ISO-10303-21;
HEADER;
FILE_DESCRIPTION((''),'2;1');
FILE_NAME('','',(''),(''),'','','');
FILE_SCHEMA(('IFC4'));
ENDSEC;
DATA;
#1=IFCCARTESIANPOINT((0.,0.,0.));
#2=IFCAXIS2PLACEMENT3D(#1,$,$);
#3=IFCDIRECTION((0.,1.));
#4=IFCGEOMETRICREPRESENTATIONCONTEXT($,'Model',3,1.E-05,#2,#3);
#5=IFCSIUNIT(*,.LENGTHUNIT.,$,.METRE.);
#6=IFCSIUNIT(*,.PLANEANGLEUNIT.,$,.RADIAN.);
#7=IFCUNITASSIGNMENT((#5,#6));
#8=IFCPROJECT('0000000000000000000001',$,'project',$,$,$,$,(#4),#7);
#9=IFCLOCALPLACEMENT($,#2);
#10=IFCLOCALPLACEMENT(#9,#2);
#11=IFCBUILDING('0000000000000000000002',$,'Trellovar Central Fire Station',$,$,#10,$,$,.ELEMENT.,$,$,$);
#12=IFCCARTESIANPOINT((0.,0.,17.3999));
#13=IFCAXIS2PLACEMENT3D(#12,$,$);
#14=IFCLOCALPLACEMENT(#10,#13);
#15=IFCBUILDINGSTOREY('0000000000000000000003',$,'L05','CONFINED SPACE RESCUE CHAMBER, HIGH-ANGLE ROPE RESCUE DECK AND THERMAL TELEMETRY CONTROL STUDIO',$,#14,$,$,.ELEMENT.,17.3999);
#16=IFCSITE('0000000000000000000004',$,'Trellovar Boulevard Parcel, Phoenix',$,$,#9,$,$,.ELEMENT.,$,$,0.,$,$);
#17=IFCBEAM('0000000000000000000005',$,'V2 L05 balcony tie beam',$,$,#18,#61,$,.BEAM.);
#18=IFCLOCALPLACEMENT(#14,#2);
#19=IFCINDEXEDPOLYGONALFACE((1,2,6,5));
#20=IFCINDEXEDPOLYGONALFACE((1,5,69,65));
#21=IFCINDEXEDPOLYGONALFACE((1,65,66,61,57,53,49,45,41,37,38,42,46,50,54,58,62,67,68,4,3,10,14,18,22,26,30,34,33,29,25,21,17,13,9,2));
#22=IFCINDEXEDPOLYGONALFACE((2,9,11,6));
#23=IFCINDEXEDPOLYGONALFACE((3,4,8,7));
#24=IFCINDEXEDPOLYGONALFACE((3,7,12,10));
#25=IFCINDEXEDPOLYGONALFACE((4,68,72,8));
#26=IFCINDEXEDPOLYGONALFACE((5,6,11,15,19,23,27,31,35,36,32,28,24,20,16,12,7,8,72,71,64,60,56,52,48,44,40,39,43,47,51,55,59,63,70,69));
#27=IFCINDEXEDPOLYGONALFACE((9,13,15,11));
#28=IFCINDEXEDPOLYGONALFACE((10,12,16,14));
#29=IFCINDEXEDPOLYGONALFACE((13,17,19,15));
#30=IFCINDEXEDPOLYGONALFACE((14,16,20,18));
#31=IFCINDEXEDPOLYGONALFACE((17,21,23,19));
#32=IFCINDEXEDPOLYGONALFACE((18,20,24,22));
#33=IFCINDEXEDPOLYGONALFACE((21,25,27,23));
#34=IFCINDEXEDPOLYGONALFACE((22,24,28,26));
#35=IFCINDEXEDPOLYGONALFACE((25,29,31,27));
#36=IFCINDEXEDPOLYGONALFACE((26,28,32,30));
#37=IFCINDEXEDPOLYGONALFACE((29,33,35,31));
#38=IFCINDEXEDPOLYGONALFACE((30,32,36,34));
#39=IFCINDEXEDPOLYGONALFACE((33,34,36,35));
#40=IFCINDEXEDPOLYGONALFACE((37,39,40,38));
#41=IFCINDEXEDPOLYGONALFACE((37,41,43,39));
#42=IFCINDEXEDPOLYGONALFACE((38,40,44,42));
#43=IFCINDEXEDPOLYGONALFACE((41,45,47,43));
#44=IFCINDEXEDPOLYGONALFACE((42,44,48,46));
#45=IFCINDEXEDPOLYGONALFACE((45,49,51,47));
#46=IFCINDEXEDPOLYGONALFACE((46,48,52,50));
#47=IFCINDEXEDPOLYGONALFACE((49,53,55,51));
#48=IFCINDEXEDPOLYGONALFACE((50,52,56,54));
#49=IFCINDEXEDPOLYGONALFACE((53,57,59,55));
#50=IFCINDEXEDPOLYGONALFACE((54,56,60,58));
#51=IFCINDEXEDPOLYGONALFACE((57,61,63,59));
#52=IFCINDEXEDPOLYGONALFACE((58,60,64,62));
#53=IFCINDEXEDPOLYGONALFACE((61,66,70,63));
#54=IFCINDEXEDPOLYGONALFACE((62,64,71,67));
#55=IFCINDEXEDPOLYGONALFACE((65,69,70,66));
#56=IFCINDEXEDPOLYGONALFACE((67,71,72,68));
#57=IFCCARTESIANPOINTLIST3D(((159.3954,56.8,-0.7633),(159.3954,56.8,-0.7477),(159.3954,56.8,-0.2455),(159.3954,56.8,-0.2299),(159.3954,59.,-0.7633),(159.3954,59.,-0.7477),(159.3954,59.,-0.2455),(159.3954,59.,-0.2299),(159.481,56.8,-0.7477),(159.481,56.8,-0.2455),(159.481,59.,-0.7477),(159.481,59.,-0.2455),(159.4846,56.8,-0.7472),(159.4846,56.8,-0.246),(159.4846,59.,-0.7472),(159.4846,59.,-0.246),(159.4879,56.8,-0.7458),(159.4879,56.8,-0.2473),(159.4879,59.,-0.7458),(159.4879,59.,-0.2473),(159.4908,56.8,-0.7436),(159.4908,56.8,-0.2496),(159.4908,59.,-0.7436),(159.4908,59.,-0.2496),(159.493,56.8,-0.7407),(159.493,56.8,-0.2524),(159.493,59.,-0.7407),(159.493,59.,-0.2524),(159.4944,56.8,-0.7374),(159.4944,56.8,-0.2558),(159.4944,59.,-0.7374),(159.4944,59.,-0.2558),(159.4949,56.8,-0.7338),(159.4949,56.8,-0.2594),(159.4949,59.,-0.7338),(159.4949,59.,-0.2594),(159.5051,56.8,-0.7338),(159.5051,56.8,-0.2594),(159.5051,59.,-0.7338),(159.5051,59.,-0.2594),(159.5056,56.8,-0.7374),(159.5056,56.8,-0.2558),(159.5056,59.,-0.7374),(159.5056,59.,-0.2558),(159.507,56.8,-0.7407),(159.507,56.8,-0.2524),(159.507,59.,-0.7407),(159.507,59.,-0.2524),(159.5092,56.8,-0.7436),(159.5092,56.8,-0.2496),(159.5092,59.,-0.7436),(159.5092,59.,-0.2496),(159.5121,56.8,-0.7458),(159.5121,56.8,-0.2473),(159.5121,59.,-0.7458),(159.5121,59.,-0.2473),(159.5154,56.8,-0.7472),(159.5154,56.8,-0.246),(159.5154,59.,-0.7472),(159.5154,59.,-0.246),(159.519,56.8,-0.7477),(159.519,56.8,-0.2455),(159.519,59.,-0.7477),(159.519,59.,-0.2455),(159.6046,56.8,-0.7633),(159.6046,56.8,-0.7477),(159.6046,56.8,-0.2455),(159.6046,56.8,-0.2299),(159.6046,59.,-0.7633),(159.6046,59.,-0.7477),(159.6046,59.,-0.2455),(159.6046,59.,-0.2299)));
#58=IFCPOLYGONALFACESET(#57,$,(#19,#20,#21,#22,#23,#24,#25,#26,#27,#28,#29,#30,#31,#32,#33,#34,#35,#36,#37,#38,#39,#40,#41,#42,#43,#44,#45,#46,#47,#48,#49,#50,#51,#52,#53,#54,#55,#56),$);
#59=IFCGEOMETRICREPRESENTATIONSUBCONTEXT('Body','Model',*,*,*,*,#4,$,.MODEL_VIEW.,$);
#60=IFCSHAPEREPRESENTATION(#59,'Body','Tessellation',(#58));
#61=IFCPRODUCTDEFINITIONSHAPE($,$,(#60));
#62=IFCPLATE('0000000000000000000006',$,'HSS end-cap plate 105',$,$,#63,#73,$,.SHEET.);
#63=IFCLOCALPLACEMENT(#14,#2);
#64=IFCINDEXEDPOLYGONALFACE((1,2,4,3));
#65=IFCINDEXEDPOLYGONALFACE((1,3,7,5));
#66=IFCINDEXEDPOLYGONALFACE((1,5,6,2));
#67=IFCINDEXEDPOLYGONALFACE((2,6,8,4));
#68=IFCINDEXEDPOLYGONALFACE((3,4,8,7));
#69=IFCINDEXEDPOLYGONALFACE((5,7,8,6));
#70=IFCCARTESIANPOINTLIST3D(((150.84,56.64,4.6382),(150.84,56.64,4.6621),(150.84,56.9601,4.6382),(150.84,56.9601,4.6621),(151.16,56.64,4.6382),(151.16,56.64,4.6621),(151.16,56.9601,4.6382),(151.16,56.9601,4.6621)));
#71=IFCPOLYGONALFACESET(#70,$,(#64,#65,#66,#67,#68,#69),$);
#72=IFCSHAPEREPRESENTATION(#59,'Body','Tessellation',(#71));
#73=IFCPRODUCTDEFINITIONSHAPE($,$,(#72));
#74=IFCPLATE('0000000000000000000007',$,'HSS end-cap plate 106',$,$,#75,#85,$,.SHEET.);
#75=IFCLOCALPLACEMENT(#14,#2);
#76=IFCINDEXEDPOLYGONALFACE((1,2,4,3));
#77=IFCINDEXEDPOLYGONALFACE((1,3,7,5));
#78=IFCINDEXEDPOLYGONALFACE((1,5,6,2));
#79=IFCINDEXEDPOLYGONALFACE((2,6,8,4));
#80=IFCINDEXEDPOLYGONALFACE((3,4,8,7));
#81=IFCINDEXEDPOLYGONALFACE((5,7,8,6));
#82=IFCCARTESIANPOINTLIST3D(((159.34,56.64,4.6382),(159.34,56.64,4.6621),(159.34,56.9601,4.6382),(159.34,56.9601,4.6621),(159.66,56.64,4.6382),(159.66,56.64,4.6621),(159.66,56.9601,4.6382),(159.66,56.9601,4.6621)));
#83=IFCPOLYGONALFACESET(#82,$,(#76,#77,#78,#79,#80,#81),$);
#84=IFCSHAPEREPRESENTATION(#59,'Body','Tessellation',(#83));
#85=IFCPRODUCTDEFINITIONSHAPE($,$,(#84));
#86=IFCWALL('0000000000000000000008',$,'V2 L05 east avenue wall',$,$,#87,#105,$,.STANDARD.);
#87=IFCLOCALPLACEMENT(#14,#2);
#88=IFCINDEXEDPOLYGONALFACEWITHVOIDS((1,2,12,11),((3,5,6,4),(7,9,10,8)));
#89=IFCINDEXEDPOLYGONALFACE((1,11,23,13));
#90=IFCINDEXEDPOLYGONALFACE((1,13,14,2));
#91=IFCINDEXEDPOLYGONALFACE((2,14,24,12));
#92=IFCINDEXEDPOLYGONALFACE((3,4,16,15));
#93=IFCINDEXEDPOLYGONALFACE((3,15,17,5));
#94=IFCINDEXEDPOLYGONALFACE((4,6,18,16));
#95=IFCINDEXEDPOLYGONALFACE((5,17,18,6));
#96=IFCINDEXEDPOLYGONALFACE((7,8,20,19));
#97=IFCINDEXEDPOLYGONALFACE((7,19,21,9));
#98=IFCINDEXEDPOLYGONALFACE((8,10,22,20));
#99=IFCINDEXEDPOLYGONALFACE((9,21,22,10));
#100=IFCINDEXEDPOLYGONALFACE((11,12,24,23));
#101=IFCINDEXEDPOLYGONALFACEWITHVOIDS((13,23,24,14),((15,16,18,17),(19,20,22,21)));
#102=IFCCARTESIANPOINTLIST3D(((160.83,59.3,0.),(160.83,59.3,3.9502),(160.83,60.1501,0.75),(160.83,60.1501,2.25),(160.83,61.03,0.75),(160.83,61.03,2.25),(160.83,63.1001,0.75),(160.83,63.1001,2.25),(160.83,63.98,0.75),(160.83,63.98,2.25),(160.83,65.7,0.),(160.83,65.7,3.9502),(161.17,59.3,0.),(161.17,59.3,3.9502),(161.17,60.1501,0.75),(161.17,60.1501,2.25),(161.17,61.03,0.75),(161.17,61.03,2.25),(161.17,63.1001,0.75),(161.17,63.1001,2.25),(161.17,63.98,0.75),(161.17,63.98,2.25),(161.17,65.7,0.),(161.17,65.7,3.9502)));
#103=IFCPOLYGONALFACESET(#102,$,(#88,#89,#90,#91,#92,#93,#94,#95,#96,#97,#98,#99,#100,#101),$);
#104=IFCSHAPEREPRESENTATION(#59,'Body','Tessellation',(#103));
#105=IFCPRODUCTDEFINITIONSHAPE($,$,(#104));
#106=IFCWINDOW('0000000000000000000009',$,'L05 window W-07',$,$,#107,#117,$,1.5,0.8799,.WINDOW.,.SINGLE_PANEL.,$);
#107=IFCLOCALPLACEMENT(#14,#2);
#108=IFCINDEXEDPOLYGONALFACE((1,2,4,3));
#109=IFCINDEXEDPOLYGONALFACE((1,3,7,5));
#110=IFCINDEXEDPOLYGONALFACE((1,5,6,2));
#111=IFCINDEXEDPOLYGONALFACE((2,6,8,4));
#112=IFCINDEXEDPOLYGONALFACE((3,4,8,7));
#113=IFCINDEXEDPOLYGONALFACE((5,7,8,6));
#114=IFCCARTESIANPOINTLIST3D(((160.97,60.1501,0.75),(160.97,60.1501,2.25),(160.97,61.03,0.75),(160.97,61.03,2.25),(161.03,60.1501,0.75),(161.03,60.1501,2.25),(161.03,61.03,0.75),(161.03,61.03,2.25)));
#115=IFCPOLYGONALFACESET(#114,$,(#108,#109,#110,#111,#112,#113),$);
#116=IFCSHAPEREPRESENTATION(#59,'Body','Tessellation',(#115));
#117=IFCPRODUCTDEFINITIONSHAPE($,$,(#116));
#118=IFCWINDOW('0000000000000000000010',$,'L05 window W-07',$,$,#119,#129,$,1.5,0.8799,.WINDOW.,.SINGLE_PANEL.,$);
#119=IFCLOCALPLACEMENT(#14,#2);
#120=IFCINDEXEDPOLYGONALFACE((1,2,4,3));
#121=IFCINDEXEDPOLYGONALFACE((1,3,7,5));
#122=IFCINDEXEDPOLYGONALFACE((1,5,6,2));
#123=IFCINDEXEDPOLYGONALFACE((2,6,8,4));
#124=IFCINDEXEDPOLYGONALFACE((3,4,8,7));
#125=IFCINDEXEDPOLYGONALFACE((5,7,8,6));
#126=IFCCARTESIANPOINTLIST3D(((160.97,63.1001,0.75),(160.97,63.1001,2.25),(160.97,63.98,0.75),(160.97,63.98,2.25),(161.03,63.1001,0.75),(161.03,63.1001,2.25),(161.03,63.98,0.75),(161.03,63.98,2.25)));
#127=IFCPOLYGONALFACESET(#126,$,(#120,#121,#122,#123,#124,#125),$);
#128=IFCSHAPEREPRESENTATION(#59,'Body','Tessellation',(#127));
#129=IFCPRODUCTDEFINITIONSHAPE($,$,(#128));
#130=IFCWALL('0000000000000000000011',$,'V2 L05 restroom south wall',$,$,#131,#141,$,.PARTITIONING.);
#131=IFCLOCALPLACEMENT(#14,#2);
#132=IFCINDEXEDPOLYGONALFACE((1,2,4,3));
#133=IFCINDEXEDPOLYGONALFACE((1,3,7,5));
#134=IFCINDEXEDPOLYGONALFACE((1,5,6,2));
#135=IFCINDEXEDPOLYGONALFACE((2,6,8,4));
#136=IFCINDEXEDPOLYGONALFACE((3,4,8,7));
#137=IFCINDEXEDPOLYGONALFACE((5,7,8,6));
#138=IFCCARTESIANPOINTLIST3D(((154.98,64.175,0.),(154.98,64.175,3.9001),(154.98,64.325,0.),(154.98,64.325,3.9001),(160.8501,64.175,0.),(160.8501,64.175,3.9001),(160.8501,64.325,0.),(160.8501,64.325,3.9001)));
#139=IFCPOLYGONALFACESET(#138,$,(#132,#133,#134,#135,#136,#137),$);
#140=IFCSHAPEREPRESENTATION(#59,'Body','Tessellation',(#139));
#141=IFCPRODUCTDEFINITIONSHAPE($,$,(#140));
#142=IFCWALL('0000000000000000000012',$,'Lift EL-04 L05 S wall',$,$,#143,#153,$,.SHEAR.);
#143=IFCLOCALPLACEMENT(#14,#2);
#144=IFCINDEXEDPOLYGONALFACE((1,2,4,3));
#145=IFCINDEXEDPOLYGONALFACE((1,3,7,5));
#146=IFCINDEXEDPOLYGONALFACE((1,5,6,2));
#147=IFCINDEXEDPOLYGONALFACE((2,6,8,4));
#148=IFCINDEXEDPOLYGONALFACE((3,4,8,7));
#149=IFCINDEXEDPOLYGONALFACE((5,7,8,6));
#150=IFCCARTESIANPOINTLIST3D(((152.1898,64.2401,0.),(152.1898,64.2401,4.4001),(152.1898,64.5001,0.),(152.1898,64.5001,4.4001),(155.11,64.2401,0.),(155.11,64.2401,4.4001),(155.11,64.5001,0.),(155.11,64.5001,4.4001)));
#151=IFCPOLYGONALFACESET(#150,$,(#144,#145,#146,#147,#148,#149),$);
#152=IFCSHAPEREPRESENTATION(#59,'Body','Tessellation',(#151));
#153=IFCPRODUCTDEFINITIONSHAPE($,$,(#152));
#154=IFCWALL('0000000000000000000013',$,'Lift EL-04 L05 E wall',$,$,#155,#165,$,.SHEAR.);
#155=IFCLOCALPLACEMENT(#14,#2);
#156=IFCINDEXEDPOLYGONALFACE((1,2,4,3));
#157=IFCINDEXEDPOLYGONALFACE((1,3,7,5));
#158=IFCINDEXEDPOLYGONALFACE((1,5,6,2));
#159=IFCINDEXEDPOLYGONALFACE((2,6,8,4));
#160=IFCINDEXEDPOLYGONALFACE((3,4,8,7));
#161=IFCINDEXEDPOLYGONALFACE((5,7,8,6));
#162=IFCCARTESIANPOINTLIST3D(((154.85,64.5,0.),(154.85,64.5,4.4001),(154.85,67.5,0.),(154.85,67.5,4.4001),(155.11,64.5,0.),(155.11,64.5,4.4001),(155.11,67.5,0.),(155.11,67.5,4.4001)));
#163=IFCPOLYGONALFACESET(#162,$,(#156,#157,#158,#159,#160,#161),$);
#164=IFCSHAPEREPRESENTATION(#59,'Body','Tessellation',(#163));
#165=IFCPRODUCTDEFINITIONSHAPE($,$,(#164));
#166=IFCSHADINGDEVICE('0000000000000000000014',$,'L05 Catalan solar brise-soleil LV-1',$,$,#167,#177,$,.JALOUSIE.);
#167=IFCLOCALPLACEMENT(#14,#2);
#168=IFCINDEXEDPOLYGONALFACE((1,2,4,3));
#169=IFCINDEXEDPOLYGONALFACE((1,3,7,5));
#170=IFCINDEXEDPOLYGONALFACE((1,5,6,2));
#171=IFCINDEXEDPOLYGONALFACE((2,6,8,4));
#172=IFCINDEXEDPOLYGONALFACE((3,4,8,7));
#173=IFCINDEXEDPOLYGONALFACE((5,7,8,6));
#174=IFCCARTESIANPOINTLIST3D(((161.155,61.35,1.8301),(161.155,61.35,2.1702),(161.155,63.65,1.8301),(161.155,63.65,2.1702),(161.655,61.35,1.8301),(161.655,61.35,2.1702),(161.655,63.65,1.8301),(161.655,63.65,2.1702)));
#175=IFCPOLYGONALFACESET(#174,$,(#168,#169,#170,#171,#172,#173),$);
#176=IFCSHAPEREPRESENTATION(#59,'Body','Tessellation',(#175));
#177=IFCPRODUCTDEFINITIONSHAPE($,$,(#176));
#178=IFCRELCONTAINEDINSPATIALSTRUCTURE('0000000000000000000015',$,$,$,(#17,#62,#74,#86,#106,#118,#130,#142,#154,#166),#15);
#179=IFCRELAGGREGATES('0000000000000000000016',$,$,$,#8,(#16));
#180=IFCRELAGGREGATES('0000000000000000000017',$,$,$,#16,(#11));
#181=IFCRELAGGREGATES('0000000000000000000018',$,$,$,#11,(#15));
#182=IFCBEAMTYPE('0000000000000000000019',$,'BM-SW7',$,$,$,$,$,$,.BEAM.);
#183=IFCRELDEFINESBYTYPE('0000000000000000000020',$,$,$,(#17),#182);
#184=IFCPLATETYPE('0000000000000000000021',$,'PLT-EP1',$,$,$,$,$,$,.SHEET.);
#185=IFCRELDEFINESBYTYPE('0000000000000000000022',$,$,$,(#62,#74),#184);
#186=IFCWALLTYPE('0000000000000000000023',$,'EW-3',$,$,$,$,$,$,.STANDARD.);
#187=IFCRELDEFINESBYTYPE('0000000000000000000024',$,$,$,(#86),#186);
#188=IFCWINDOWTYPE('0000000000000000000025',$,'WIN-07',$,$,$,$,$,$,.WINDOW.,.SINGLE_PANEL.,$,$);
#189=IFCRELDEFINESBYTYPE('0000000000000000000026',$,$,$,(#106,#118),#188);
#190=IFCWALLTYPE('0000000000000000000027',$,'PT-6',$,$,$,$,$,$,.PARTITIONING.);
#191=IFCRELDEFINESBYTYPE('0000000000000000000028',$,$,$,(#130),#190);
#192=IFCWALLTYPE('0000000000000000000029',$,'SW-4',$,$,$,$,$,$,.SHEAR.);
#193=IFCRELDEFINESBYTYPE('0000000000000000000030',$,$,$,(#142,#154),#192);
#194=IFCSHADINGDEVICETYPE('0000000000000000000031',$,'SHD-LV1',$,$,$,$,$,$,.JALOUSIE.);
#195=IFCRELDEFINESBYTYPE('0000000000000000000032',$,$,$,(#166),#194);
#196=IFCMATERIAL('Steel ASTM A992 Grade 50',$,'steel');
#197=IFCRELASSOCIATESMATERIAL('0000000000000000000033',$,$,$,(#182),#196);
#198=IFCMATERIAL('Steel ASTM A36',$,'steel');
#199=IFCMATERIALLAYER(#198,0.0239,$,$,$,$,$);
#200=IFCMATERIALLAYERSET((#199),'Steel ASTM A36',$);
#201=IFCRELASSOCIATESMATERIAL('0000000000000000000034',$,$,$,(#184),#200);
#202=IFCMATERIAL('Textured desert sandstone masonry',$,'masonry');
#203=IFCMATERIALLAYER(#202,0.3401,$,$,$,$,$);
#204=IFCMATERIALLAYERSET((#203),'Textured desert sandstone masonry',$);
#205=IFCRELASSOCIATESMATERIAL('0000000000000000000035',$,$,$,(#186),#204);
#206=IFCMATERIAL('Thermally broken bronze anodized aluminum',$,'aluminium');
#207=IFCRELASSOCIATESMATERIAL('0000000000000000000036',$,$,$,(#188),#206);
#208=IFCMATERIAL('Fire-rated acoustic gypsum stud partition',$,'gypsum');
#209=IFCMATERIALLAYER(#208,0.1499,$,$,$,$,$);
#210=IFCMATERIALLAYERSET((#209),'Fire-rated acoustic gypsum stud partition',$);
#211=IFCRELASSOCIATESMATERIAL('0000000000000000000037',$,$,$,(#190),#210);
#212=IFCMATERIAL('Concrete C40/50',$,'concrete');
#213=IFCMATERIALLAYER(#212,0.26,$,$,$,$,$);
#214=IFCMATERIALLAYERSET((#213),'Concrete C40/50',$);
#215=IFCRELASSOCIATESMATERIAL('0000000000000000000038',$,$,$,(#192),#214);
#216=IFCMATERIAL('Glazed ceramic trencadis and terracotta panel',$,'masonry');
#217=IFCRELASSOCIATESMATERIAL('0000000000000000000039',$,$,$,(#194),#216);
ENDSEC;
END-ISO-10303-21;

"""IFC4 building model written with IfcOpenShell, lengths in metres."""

from ifc_helpers import new_model, si_unit, direction, frame, frame_2d, origin, origin_2d, place, context, subcontext, project, spatial, rectangle, i_section, extrude, material, layer, layer_set, material_profile, profile_set, type_object, element, fill, save


model = new_model("IFC4")

# Units and contexts
model_context = context("Model", 3, precision=1e-05, world=origin(), true_north=direction((0.0, 1.0)))
body_context = subcontext(model_context, "Body", "Model", "MODEL_VIEW")
ifc_project = project(units=[si_unit("LENGTHUNIT", "METRE"), si_unit("PLANEANGLEUNIT", "RADIAN")], contexts=[model_context])

# Site, building, storey
site_placement = place(None, origin())
site = spatial("IfcSite", under=ifc_project, at=site_placement, Name="Trellovar Boulevard Parcel, Phoenix", CompositionType="ELEMENT", RefElevation=0.0)
building_placement = place(site_placement, origin())
building = spatial("IfcBuilding", under=site, at=building_placement, Name="Trellovar Central Fire Station", CompositionType="ELEMENT")
storey_placement = place(building_placement, frame((0.0, 0.0, 17.3999)))
storey = spatial("IfcBuildingStorey", under=building, at=storey_placement, Name="L05", Description="CONFINED SPACE RESCUE CHAMBER, HIGH-ANGLE ROPE RESCUE DECK AND THERMAL TELEMETRY CONTROL STUDIO", CompositionType="ELEMENT", Elevation=17.3999)

# Beam
ifc_material_1 = material(Name="Steel ASTM A992 Grade 50", Category="steel")
ifc_material_profile_1 = material_profile(ifc_material_1, i_section(OverallWidth=0.2092, OverallDepth=0.5334, WebThickness=0.0103, FlangeThickness=0.0156, FilletRadius=0.0139, at=origin_2d()), Name="W21X62")
ifc_profile_set_1 = profile_set([ifc_material_profile_1], Name="Steel ASTM A992 Grade 50")
beam_type_1 = type_object("IfcBeamType", Name="BM-SW7", PredefinedType="BEAM", material=ifc_profile_set_1)
beam_placement = place(storey_placement, frame((159.5, 56.8, -0.4966), z_axis=(0.0, 1.0, 0.0), x_axis=(-1.0, 0.0, 0.0)))
element("IfcBeam", 1, at=beam_placement, inside=storey, type_object=beam_type_1, Name="V2 L05 balcony tie beam", PredefinedType="BEAM", context=body_context, shape_type="SweptSolid", body=[
    extrude(i_section(OverallWidth=0.2092, OverallDepth=0.5334, WebThickness=0.0103, FlangeThickness=0.0156, FilletRadius=0.0139, at=origin_2d()), origin(), (0.0, 0.0, 1.0), 2.2),
])

# Plates
ifc_material_2 = material(Name="Steel ASTM A36", Category="steel")
ifc_layer_1 = layer(ifc_material_2, 0.0239)
ifc_layer_set_1 = layer_set([ifc_layer_1], Name="Steel ASTM A36")
plate_type = type_object("IfcPlateType", Name="PLT-EP1", PredefinedType="SHEET", material=ifc_layer_set_1)
for number, where, z_axis, x_axis, name in (
    (2, (151.0, 56.8, 4.6382), (0.0, 0.0, 1.0), (1.0, 0.0, 0.0), "HSS end-cap plate 105"),
    (3, (159.5, 56.8, 4.6382), (0.0, 0.0, 1.0), (1.0, 0.0, 0.0), "HSS end-cap plate 106"),
):
    element("IfcPlate", number, at=place(storey_placement, frame(where, z_axis=z_axis, x_axis=x_axis)), inside=storey, type_object=plate_type, Name=name, PredefinedType="SHEET", context=body_context, shape_type="SweptSolid", body=[
        extrude(rectangle(XDim=0.3201, YDim=0.3201, at=origin_2d()), origin(), (0.0, 0.0, 1.0), 0.0239),
    ])

# Wall, openings, windows
ifc_material_3 = material(Name="Textured desert sandstone masonry", Category="masonry")
ifc_layer_2 = layer(ifc_material_3, 0.3401)
ifc_layer_set_2 = layer_set([ifc_layer_2], Name="Textured desert sandstone masonry")
wall_type_1 = type_object("IfcWallType", Name="EW-3", PredefinedType="STANDARD", material=ifc_layer_set_2)
wall_1_placement = place(storey_placement, frame((161.0, 59.3, 0.0), z_axis=(0.0, 0.0, 1.0), x_axis=(0.0, 1.0, 0.0)))
wall_1 = element("IfcWall", 4, at=wall_1_placement, inside=storey, type_object=wall_type_1, Name="V2 L05 east avenue wall", PredefinedType="STANDARD", context=body_context, shape_type="SweptSolid", body=[
    extrude(rectangle(XDim=6.3999, YDim=0.3401, at=frame_2d((3.2, 0.0))), origin(), (0.0, 0.0, 1.0), 3.9502),
])
opening_1_placement = place(wall_1_placement, frame((0.8501, 0.0, 0.75)))
opening_1 = element("IfcOpeningElement", 5, at=opening_1_placement, cuts=wall_1, PredefinedType="OPENING", context=body_context, shape_type="SweptSolid", body=[
    extrude(rectangle(XDim=0.8799, YDim=1.5, at=frame_2d((0.4399, 0.75))), frame((0.0, 0.1799, 0.0), z_axis=(0.0, -1.0, 0.0), x_axis=(1.0, 0.0, 0.0)), (0.0, 0.0, 1.0), 0.3601),
])
opening_2_placement = place(wall_1_placement, frame((3.8, 0.0, 0.75)))
opening_2 = element("IfcOpeningElement", 6, at=opening_2_placement, cuts=wall_1, PredefinedType="OPENING", context=body_context, shape_type="SweptSolid", body=[
    extrude(rectangle(XDim=0.8799, YDim=1.5, at=frame_2d((0.4399, 0.75))), frame((0.0, 0.1799, 0.0), z_axis=(0.0, -1.0, 0.0), x_axis=(1.0, 0.0, 0.0)), (0.0, 0.0, 1.0), 0.3601),
])
ifc_material_4 = material(Name="Thermally broken bronze anodized aluminum", Category="aluminium")
window_type = type_object("IfcWindowType", Name="WIN-07", PartitioningType="SINGLE_PANEL", PredefinedType="WINDOW", material=ifc_material_4)
window_1_placement = place(opening_1_placement, origin())
window_1 = element("IfcWindow", 7, at=window_1_placement, inside=storey, type_object=window_type, Name="L05 window W-07", OverallHeight=1.5, OverallWidth=0.8799, PartitioningType="SINGLE_PANEL", PredefinedType="WINDOW", context=body_context, shape_type="SweptSolid", body=[
    extrude(rectangle(XDim=0.8799, YDim=1.5, at=frame_2d((0.4399, 0.75))), frame((0.0, 0.03, 0.0), z_axis=(0.0, -1.0, 0.0), x_axis=(1.0, 0.0, 0.0)), (0.0, 0.0, 1.0), 0.0601),
])
fill(opening_1, window_1)
window_2_placement = place(opening_2_placement, origin())
window_2 = element("IfcWindow", 8, at=window_2_placement, inside=storey, type_object=window_type, Name="L05 window W-07", OverallHeight=1.5, OverallWidth=0.8799, PartitioningType="SINGLE_PANEL", PredefinedType="WINDOW", context=body_context, shape_type="SweptSolid", body=[
    extrude(rectangle(XDim=0.8799, YDim=1.5, at=frame_2d((0.4399, 0.75))), frame((0.0, 0.03, 0.0), z_axis=(0.0, -1.0, 0.0), x_axis=(1.0, 0.0, 0.0)), (0.0, 0.0, 1.0), 0.0601),
])
fill(opening_2, window_2)

# Walls
ifc_material_5 = material(Name="Fire-rated acoustic gypsum stud partition", Category="gypsum")
ifc_layer_3 = layer(ifc_material_5, 0.1499)
ifc_layer_set_3 = layer_set([ifc_layer_3], Name="Fire-rated acoustic gypsum stud partition")
wall_type_2 = type_object("IfcWallType", Name="PT-6", PredefinedType="PARTITIONING", material=ifc_layer_set_3)
wall_2_placement = place(storey_placement, frame((154.98, 64.25, 0.0), z_axis=(0.0, 0.0, 1.0), x_axis=(1.0, 0.0, 0.0)))
element("IfcWall", 9, at=wall_2_placement, inside=storey, type_object=wall_type_2, Name="V2 L05 restroom south wall", PredefinedType="PARTITIONING", context=body_context, shape_type="SweptSolid", body=[
    extrude(rectangle(XDim=5.8701, YDim=0.1499, at=frame_2d((2.9351, 0.0))), origin(), (0.0, 0.0, 1.0), 3.9001),
])
ifc_material_6 = material(Name="Concrete C40/50", Category="concrete")
ifc_layer_4 = layer(ifc_material_6, 0.26)
ifc_layer_set_4 = layer_set([ifc_layer_4], Name="Concrete C40/50")
wall_type_3 = type_object("IfcWallType", Name="SW-4", PredefinedType="SHEAR", material=ifc_layer_set_4)
wall_3_placement = place(storey_placement, frame((152.1899, 64.3701, 0.0), z_axis=(0.0, 0.0, 1.0), x_axis=(1.0, 0.0, 0.0)))
element("IfcWall", 10, at=wall_3_placement, inside=storey, type_object=wall_type_3, Name="Lift EL-04 L05 S wall", PredefinedType="SHEAR", context=body_context, shape_type="SweptSolid", body=[
    extrude(rectangle(XDim=2.9202, YDim=0.26, at=frame_2d((1.46, 0.0))), origin(), (0.0, 0.0, 1.0), 4.4001),
])
wall_4_placement = place(storey_placement, frame((154.98, 64.5, 0.0), z_axis=(0.0, 0.0, 1.0), x_axis=(0.0, 1.0, 0.0)))
element("IfcWall", 11, at=wall_4_placement, inside=storey, type_object=wall_type_3, Name="Lift EL-04 L05 E wall", PredefinedType="SHEAR", context=body_context, shape_type="SweptSolid", body=[
    extrude(rectangle(XDim=3.0, YDim=0.26, at=frame_2d((1.5, 0.0))), origin(), (0.0, 0.0, 1.0), 4.4001),
])

# Shading device
ifc_material_7 = material(Name="Glazed ceramic trencadis and terracotta panel", Category="masonry")
shading_device_type = type_object("IfcShadingDeviceType", Name="SHD-LV1", PredefinedType="JALOUSIE", material=ifc_material_7)
shading_device_placement = place(storey_placement, frame((161.405, 62.5, 1.8301), z_axis=(0.0, 0.0, 1.0), x_axis=(0.0, 1.0, 0.0)))
element("IfcShadingDevice", 12, at=shading_device_placement, inside=storey, type_object=shading_device_type, Name="L05 Catalan solar brise-soleil LV-1", PredefinedType="JALOUSIE", context=body_context, shape_type="SweptSolid", body=[
    extrude(rectangle(XDim=2.3, YDim=0.5, at=origin_2d()), origin(), (0.0, 0.0, 1.0), 0.3401),
])

save(model, "model.ifc")
